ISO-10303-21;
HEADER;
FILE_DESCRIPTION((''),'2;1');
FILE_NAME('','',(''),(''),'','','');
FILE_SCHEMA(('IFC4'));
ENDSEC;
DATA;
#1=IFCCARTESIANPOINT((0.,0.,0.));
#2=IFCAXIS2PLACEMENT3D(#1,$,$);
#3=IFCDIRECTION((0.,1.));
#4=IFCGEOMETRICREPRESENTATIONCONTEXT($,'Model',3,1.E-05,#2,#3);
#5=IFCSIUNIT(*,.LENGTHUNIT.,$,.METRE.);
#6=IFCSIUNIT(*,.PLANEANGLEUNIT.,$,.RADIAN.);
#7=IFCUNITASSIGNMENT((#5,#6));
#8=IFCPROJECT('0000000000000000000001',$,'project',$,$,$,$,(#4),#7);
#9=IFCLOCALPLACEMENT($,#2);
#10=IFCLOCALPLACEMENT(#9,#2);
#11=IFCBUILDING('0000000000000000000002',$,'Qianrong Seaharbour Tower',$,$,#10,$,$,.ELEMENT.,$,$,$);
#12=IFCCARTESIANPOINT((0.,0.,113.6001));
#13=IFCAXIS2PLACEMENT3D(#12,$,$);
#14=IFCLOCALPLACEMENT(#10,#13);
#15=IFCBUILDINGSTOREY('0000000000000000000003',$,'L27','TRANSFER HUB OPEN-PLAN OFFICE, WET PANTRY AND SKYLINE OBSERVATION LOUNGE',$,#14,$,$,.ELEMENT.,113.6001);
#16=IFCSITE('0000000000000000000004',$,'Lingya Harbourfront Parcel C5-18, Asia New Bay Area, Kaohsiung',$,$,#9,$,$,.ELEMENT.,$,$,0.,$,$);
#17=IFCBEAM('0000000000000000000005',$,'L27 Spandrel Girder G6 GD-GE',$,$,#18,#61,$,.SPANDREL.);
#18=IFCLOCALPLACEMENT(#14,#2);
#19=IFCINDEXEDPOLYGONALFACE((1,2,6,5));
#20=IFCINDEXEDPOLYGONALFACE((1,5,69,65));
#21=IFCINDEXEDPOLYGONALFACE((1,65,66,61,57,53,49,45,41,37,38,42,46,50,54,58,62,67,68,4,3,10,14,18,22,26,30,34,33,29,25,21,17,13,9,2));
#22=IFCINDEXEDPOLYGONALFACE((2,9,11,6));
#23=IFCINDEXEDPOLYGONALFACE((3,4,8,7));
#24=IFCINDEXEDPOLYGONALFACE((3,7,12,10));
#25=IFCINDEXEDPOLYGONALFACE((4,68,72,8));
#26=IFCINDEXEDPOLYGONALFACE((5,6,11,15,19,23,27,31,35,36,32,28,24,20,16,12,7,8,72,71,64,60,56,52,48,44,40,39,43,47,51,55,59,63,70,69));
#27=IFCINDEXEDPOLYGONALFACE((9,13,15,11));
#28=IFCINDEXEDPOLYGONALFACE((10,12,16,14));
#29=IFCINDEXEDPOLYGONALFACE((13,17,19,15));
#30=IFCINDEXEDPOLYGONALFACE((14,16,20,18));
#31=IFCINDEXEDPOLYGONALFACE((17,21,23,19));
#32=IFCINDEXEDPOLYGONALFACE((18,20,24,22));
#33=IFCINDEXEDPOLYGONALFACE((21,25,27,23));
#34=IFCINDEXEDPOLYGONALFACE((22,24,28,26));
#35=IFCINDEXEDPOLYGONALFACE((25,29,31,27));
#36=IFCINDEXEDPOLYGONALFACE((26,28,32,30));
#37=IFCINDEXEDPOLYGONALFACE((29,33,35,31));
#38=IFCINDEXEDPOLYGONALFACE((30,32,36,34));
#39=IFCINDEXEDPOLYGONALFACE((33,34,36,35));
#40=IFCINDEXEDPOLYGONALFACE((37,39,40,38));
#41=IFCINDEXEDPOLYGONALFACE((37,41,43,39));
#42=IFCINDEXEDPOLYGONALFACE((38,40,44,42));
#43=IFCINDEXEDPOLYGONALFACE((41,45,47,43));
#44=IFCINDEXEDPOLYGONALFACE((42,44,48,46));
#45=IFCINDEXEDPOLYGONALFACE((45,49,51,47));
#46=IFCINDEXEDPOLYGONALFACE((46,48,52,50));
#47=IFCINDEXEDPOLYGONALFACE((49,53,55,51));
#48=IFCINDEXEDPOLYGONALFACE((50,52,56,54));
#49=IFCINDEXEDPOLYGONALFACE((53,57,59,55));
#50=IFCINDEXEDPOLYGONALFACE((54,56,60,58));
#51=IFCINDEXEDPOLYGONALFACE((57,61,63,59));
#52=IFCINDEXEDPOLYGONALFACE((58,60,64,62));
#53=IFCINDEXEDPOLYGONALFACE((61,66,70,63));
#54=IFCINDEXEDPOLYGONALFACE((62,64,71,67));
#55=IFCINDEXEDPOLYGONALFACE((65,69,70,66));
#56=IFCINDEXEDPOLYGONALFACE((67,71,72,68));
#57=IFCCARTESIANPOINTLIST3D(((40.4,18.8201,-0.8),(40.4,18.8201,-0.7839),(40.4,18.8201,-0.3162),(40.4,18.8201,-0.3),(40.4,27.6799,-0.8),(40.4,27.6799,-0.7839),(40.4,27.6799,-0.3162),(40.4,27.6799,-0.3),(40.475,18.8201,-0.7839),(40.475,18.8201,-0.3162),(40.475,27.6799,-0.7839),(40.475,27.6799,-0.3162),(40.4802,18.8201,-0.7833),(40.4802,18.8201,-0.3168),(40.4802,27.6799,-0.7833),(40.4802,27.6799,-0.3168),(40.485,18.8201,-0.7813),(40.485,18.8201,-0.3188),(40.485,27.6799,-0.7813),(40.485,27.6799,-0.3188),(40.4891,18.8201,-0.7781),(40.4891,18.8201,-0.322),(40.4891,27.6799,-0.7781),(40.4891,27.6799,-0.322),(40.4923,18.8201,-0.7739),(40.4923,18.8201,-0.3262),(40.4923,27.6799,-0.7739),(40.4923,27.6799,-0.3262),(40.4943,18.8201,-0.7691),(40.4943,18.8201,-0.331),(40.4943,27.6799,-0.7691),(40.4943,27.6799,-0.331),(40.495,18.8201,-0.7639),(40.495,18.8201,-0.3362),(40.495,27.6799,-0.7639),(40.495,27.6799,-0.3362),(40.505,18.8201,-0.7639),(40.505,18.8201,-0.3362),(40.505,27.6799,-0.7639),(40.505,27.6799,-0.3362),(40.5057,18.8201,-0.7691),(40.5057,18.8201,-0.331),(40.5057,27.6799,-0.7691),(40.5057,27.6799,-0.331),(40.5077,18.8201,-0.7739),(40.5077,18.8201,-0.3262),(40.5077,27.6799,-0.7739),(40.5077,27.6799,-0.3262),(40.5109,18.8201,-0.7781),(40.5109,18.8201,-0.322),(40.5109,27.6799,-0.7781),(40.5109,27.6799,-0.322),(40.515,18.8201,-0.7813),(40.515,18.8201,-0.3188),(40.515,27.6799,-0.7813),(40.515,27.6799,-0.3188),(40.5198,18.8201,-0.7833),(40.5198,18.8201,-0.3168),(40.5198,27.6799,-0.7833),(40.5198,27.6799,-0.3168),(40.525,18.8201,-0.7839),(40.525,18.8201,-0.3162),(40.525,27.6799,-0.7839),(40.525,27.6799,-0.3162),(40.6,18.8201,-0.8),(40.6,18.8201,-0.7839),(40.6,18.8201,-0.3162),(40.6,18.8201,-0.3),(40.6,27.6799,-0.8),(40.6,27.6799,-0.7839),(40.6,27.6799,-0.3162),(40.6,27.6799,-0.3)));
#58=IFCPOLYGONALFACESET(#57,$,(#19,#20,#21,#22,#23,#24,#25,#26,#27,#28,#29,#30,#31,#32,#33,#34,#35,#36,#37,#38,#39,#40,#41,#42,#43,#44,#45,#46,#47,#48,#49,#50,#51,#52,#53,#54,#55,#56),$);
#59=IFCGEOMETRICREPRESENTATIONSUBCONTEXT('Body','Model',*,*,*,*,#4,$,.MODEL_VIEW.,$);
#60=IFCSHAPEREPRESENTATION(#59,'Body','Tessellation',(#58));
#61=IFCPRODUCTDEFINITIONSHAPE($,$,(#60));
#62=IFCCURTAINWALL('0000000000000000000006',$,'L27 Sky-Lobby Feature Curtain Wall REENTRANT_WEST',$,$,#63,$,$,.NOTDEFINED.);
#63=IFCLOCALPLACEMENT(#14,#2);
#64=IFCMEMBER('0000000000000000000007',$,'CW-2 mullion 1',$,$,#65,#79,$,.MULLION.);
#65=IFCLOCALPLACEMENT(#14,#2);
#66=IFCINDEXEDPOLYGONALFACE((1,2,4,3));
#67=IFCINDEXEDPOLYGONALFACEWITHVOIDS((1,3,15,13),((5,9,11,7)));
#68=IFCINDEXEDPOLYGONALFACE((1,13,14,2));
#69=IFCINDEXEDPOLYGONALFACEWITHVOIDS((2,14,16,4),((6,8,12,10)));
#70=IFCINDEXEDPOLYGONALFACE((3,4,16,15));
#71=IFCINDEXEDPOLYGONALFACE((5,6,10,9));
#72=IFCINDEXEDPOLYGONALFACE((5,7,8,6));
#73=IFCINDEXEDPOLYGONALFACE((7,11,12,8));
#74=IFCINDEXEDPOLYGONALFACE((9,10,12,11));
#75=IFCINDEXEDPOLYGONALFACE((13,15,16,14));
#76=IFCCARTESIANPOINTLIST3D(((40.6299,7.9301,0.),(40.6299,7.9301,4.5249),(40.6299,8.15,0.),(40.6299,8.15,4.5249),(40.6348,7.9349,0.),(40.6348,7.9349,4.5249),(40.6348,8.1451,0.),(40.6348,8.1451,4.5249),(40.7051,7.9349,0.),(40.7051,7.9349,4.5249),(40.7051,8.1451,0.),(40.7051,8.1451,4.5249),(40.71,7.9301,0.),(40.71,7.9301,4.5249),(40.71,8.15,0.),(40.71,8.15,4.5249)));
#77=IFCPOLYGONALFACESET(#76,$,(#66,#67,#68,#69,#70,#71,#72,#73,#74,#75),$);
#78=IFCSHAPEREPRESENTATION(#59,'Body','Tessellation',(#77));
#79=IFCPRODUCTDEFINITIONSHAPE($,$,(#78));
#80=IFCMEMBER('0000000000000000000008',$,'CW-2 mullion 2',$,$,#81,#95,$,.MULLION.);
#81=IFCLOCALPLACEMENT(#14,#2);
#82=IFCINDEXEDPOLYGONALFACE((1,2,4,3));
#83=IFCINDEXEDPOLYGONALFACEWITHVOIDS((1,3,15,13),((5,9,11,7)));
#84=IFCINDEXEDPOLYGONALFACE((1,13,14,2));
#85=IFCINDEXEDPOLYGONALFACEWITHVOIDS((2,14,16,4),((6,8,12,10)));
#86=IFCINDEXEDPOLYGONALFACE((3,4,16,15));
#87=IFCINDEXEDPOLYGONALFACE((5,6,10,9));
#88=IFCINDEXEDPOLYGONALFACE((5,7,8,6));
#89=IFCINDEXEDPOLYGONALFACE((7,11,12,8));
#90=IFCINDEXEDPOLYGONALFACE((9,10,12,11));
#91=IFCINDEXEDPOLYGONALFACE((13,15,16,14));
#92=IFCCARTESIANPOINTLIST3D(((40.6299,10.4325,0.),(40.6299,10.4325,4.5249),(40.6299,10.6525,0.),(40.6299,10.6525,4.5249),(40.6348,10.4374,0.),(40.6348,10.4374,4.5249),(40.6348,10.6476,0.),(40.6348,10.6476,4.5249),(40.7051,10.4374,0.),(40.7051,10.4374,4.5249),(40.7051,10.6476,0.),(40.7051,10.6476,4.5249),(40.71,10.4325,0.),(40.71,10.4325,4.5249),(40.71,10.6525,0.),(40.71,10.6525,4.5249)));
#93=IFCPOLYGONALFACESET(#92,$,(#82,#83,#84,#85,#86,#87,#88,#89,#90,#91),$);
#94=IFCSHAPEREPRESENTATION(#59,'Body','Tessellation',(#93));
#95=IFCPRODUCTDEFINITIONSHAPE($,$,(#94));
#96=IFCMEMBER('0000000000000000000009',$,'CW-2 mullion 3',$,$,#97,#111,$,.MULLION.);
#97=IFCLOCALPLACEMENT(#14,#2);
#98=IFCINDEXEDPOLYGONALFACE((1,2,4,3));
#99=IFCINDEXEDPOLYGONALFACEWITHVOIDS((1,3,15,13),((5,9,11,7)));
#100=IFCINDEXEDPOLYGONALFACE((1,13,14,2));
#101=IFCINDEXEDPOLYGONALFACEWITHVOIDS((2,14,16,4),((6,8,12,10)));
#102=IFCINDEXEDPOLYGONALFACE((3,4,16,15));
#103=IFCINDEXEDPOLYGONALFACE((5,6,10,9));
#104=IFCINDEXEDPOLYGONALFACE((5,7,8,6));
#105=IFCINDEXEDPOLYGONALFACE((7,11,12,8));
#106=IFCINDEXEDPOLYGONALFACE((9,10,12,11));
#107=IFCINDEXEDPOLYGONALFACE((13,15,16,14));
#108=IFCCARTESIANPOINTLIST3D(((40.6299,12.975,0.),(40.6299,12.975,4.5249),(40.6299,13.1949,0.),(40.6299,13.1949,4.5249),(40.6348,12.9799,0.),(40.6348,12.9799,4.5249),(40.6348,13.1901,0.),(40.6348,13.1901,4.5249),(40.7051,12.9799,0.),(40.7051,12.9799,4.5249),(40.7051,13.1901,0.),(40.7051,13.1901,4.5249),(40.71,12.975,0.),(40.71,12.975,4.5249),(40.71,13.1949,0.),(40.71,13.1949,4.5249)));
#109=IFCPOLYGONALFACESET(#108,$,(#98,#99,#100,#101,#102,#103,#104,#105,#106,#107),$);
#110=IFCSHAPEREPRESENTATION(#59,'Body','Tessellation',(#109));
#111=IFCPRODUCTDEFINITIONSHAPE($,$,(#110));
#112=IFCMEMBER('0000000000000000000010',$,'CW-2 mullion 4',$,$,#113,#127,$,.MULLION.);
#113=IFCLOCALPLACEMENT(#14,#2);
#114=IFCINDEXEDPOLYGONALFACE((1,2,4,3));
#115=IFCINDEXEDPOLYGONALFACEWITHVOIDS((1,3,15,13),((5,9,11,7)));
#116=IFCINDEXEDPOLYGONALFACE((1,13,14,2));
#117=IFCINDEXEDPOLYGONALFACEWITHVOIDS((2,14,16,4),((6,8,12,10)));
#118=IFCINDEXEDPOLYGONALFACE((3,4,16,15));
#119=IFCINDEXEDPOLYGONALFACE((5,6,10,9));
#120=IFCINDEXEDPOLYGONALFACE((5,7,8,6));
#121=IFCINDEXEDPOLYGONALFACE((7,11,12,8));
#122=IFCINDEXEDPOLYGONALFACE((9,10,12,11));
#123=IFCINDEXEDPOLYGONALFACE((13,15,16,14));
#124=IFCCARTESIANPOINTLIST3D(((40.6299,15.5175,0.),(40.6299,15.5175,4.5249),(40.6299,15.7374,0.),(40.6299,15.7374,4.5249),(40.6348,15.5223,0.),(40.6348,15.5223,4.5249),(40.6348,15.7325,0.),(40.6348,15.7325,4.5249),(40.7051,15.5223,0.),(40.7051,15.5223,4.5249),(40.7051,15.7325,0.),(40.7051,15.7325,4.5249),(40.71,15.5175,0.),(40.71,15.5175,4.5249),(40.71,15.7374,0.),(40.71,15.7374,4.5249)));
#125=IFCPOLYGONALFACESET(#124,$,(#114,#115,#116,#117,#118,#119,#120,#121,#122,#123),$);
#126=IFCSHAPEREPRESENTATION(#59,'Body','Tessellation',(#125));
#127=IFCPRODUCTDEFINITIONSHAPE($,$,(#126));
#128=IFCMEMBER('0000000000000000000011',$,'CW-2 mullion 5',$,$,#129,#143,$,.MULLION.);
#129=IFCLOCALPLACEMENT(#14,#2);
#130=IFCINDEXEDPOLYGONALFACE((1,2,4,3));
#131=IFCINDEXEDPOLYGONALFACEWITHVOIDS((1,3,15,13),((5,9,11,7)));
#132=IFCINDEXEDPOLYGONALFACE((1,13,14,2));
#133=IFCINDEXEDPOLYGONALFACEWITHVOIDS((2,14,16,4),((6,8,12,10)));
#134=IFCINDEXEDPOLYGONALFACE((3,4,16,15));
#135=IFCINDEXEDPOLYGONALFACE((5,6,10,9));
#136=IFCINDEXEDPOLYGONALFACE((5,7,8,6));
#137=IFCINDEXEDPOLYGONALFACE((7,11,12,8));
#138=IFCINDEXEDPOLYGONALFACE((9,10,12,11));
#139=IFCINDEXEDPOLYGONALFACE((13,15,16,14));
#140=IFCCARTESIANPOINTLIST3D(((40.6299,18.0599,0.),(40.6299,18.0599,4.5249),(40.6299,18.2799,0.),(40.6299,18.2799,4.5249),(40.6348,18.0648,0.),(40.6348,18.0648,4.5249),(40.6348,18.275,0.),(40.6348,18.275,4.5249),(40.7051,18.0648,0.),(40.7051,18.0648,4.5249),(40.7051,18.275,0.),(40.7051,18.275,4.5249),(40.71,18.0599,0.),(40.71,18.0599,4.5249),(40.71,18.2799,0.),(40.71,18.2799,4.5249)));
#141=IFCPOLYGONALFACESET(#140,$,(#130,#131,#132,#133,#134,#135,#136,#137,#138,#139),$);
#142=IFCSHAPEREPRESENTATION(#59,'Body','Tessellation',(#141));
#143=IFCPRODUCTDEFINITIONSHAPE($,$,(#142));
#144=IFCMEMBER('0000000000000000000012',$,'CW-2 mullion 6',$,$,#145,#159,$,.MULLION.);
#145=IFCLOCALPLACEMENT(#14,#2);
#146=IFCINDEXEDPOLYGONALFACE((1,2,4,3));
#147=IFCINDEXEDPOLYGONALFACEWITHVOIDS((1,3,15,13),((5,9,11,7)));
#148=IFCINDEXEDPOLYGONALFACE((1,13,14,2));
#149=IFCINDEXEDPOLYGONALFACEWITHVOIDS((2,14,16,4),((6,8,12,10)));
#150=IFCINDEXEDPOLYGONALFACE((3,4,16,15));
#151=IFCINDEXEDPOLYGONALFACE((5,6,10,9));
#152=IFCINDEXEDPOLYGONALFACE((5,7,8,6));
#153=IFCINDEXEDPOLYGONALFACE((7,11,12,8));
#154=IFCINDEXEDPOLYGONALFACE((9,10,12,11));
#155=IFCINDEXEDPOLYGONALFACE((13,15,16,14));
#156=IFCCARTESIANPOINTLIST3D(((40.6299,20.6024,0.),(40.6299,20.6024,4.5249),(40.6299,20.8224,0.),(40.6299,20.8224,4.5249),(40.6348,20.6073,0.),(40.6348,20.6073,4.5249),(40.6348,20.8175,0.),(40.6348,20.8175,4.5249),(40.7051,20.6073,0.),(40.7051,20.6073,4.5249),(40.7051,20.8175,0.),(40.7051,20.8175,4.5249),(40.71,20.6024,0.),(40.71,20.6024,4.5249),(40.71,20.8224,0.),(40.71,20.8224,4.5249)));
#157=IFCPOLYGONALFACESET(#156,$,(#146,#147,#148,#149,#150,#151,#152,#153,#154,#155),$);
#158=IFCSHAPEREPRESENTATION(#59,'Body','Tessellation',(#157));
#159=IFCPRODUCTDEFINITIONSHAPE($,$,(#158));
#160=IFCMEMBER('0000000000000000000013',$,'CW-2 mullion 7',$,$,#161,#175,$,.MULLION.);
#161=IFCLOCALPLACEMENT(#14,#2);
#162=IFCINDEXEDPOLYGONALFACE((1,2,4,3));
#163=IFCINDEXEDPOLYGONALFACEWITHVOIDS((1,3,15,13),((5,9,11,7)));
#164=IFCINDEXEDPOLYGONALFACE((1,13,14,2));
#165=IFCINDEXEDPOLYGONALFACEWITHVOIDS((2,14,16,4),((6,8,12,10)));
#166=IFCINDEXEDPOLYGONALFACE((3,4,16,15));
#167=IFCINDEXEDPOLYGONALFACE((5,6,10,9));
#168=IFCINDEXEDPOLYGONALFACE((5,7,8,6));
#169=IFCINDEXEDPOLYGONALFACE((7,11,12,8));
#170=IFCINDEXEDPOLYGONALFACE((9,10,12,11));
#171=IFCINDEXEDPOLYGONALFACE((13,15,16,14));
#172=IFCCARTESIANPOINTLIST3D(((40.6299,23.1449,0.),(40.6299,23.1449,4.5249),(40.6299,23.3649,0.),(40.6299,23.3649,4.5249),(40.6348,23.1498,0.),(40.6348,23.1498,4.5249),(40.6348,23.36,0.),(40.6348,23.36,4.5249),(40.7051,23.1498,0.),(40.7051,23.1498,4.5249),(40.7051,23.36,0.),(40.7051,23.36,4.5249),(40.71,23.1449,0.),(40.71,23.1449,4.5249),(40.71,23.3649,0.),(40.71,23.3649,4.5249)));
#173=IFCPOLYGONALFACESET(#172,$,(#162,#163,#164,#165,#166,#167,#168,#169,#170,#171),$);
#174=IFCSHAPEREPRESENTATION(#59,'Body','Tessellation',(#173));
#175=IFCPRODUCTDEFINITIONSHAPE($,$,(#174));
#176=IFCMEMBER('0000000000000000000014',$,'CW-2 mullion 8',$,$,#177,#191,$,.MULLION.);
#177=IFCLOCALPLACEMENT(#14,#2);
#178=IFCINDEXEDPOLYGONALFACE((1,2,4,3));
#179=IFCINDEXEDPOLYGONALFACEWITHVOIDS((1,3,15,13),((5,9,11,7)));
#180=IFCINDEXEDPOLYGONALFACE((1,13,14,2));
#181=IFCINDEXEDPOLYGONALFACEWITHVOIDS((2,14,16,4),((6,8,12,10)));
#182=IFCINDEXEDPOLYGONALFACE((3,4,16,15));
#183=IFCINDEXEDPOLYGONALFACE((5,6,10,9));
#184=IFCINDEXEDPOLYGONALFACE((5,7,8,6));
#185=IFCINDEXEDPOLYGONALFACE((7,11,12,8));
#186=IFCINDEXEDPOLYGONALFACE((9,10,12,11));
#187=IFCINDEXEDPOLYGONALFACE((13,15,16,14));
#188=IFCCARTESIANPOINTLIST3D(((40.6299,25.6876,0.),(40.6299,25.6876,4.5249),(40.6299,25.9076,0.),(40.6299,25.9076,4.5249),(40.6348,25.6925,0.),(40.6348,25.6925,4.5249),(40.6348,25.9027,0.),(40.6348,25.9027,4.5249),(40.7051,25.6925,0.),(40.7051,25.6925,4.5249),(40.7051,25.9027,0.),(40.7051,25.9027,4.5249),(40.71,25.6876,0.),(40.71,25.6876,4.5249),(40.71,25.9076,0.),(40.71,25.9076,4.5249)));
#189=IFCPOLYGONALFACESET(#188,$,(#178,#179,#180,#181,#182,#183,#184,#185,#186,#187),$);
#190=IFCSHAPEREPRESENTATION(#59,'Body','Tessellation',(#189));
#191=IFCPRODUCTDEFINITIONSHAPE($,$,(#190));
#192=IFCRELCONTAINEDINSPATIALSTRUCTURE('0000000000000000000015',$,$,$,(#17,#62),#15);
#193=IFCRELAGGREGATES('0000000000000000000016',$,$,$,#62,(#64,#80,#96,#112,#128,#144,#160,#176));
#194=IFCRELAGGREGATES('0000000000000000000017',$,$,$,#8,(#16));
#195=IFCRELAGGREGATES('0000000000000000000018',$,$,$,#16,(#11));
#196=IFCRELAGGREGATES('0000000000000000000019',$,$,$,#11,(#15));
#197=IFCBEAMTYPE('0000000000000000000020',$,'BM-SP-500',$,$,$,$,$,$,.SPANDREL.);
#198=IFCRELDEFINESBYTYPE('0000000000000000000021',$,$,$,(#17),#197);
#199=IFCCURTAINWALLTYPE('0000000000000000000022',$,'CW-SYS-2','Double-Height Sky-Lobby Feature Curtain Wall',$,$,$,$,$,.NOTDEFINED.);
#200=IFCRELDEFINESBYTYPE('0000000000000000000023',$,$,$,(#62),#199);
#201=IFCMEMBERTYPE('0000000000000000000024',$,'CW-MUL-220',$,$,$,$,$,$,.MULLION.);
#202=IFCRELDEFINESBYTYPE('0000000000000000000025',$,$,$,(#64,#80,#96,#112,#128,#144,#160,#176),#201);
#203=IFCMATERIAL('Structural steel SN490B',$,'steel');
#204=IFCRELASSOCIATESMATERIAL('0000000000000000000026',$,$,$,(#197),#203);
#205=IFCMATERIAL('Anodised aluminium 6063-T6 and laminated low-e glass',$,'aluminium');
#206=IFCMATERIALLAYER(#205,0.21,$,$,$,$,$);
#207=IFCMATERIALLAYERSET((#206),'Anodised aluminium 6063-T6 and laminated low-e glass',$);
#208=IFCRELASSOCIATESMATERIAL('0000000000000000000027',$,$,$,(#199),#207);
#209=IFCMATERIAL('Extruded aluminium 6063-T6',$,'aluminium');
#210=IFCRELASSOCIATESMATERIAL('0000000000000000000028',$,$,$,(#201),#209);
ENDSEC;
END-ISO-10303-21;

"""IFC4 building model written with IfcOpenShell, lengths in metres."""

from ifc_helpers import new_model, si_unit, direction, frame, origin, origin_2d, place, context, subcontext, project, spatial, hollow_rectangle, i_section, extrude, material, layer, layer_set, material_profile, profile_set, type_object, element, aggregate, save


model = new_model("IFC4")

# Units and contexts
model_context = context("Model", 3, precision=1e-05, world=origin(), true_north=direction((0.0, 1.0)))
body_context = subcontext(model_context, "Body", "Model", "MODEL_VIEW")
ifc_project = project(units=[si_unit("LENGTHUNIT", "METRE"), si_unit("PLANEANGLEUNIT", "RADIAN")], contexts=[model_context])

# Site, building, storey
site_placement = place(None, origin())
site = spatial("IfcSite", under=ifc_project, at=site_placement, Name="Lingya Harbourfront Parcel C5-18, Asia New Bay Area, Kaohsiung", CompositionType="ELEMENT", RefElevation=0.0)
building_placement = place(site_placement, origin())
building = spatial("IfcBuilding", under=site, at=building_placement, Name="Qianrong Seaharbour Tower", CompositionType="ELEMENT")
storey_placement = place(building_placement, frame((0.0, 0.0, 113.6001)))
storey = spatial("IfcBuildingStorey", under=building, at=storey_placement, Name="L27", Description="TRANSFER HUB OPEN-PLAN OFFICE, WET PANTRY AND SKYLINE OBSERVATION LOUNGE", CompositionType="ELEMENT", Elevation=113.6001)

# Shared definitions
ifc_material_1 = material(Name="Structural steel SN490B", Category="steel")

# Beam
ifc_material_profile_1 = material_profile(ifc_material_1, i_section(OverallWidth=0.2, OverallDepth=0.5, WebThickness=0.01, FlangeThickness=0.0161, FilletRadius=0.02, at=origin_2d()), Name="H500x200x10x16")
ifc_profile_set_1 = profile_set([ifc_material_profile_1], Name="Structural steel SN490B")
beam_type_1 = type_object("IfcBeamType", Name="BM-SP-500", PredefinedType="SPANDREL", material=ifc_profile_set_1)
beam_1_placement = place(storey_placement, frame((40.5, 18.8201, -0.55), z_axis=(0.0, 1.0, 0.0), x_axis=(-1.0, 0.0, 0.0)))
element("IfcBeam", 1, at=beam_1_placement, inside=storey, type_object=beam_type_1, Name="L27 Spandrel Girder G6 GD-GE", PredefinedType="SPANDREL", context=body_context, shape_type="SweptSolid", body=[
    extrude(i_section(OverallWidth=0.2, OverallDepth=0.5, WebThickness=0.01, FlangeThickness=0.0161, FilletRadius=0.02, at=origin_2d()), origin(), (0.0, 0.0, 1.0), 8.8599),
])

# Curtain wall, members
ifc_material_2 = material(Name="Anodised aluminium 6063-T6 and laminated low-e glass", Category="aluminium")
ifc_layer_1 = layer(ifc_material_2, 0.21)
ifc_layer_set_1 = layer_set([ifc_layer_1], Name="Anodised aluminium 6063-T6 and laminated low-e glass")
curtain_wall_type = type_object("IfcCurtainWallType", Name="CW-SYS-2", Description="Double-Height Sky-Lobby Feature Curtain Wall", PredefinedType="NOTDEFINED", material=ifc_layer_set_1)
curtain_wall_placement = place(storey_placement, origin())
curtain_wall = element("IfcCurtainWall", 2, at=curtain_wall_placement, inside=storey, type_object=curtain_wall_type, Name="L27 Sky-Lobby Feature Curtain Wall REENTRANT_WEST", PredefinedType="NOTDEFINED")
ifc_material_3 = material(Name="Extruded aluminium 6063-T6", Category="aluminium")
ifc_material_profile_2 = material_profile(ifc_material_3, hollow_rectangle(XDim=0.0801, YDim=0.22, WallThickness=0.0049, at=origin_2d()), Name="ALU-MUL-220x80x5")
ifc_profile_set_2 = profile_set([ifc_material_profile_2], Name="Extruded aluminium 6063-T6")
member_type_1 = type_object("IfcMemberType", Name="CW-MUL-220", PredefinedType="MULLION", material=ifc_profile_set_2)
member_1_placement = place(storey_placement, frame((40.6699, 8.04, 0.0), z_axis=(0.0, 0.0, 1.0), x_axis=(-1.0, 0.0, 0.0)))
member_1 = element("IfcMember", 3, at=member_1_placement, type_object=member_type_1, Name="CW-2 mullion 1", PredefinedType="MULLION", context=body_context, shape_type="SweptSolid", body=[
    extrude(hollow_rectangle(XDim=0.0801, YDim=0.22, WallThickness=0.0049, at=origin_2d()), origin(), (0.0, 0.0, 1.0), 4.5249),
])
member_2_placement = place(storey_placement, frame((40.6699, 10.5425, 0.0), z_axis=(0.0, 0.0, 1.0), x_axis=(-1.0, 0.0, 0.0)))
member_2 = element("IfcMember", 4, at=member_2_placement, type_object=member_type_1, Name="CW-2 mullion 2", PredefinedType="MULLION", context=body_context, shape_type="SweptSolid", body=[
    extrude(hollow_rectangle(XDim=0.0801, YDim=0.22, WallThickness=0.0049, at=origin_2d()), origin(), (0.0, 0.0, 1.0), 4.5249),
])
member_3_placement = place(storey_placement, frame((40.6699, 13.085, 0.0), z_axis=(0.0, 0.0, 1.0), x_axis=(-1.0, 0.0, 0.0)))
member_3 = element("IfcMember", 5, at=member_3_placement, type_object=member_type_1, Name="CW-2 mullion 3", PredefinedType="MULLION", context=body_context, shape_type="SweptSolid", body=[
    extrude(hollow_rectangle(XDim=0.0801, YDim=0.22, WallThickness=0.0049, at=origin_2d()), origin(), (0.0, 0.0, 1.0), 4.5249),
])
member_4_placement = place(storey_placement, frame((40.6699, 15.6274, 0.0), z_axis=(0.0, 0.0, 1.0), x_axis=(-1.0, 0.0, 0.0)))
member_4 = element("IfcMember", 6, at=member_4_placement, type_object=member_type_1, Name="CW-2 mullion 4", PredefinedType="MULLION", context=body_context, shape_type="SweptSolid", body=[
    extrude(hollow_rectangle(XDim=0.0801, YDim=0.22, WallThickness=0.0049, at=origin_2d()), origin(), (0.0, 0.0, 1.0), 4.5249),
])
member_5_placement = place(storey_placement, frame((40.6699, 18.1699, 0.0), z_axis=(0.0, 0.0, 1.0), x_axis=(-1.0, 0.0, 0.0)))
member_5 = element("IfcMember", 7, at=member_5_placement, type_object=member_type_1, Name="CW-2 mullion 5", PredefinedType="MULLION", context=body_context, shape_type="SweptSolid", body=[
    extrude(hollow_rectangle(XDim=0.0801, YDim=0.22, WallThickness=0.0049, at=origin_2d()), origin(), (0.0, 0.0, 1.0), 4.5249),
])
member_6_placement = place(storey_placement, frame((40.6699, 20.7124, 0.0), z_axis=(0.0, 0.0, 1.0), x_axis=(-1.0, 0.0, 0.0)))
member_6 = element("IfcMember", 8, at=member_6_placement, type_object=member_type_1, Name="CW-2 mullion 6", PredefinedType="MULLION", context=body_context, shape_type="SweptSolid", body=[
    extrude(hollow_rectangle(XDim=0.0801, YDim=0.22, WallThickness=0.0049, at=origin_2d()), origin(), (0.0, 0.0, 1.0), 4.5249),
])
member_7_placement = place(storey_placement, frame((40.6699, 23.2549, 0.0), z_axis=(0.0, 0.0, 1.0), x_axis=(-1.0, 0.0, 0.0)))
member_7 = element("IfcMember", 9, at=member_7_placement, type_object=member_type_1, Name="CW-2 mullion 7", PredefinedType="MULLION", context=body_context, shape_type="SweptSolid", body=[
    extrude(hollow_rectangle(XDim=0.0801, YDim=0.22, WallThickness=0.0049, at=origin_2d()), origin(), (0.0, 0.0, 1.0), 4.5249),
])
member_8_placement = place(storey_placement, frame((40.6699, 25.7976, 0.0), z_axis=(0.0, 0.0, 1.0), x_axis=(-1.0, 0.0, 0.0)))
member_8 = element("IfcMember", 10, at=member_8_placement, type_object=member_type_1, Name="CW-2 mullion 8", PredefinedType="MULLION", context=body_context, shape_type="SweptSolid", body=[
    extrude(hollow_rectangle(XDim=0.0801, YDim=0.22, WallThickness=0.0049, at=origin_2d()), origin(), (0.0, 0.0, 1.0), 4.5249),
])
aggregate(curtain_wall, [member_1, member_2, member_3, member_4, member_5, member_6, member_7, member_8])

save(model, "model.ifc")
